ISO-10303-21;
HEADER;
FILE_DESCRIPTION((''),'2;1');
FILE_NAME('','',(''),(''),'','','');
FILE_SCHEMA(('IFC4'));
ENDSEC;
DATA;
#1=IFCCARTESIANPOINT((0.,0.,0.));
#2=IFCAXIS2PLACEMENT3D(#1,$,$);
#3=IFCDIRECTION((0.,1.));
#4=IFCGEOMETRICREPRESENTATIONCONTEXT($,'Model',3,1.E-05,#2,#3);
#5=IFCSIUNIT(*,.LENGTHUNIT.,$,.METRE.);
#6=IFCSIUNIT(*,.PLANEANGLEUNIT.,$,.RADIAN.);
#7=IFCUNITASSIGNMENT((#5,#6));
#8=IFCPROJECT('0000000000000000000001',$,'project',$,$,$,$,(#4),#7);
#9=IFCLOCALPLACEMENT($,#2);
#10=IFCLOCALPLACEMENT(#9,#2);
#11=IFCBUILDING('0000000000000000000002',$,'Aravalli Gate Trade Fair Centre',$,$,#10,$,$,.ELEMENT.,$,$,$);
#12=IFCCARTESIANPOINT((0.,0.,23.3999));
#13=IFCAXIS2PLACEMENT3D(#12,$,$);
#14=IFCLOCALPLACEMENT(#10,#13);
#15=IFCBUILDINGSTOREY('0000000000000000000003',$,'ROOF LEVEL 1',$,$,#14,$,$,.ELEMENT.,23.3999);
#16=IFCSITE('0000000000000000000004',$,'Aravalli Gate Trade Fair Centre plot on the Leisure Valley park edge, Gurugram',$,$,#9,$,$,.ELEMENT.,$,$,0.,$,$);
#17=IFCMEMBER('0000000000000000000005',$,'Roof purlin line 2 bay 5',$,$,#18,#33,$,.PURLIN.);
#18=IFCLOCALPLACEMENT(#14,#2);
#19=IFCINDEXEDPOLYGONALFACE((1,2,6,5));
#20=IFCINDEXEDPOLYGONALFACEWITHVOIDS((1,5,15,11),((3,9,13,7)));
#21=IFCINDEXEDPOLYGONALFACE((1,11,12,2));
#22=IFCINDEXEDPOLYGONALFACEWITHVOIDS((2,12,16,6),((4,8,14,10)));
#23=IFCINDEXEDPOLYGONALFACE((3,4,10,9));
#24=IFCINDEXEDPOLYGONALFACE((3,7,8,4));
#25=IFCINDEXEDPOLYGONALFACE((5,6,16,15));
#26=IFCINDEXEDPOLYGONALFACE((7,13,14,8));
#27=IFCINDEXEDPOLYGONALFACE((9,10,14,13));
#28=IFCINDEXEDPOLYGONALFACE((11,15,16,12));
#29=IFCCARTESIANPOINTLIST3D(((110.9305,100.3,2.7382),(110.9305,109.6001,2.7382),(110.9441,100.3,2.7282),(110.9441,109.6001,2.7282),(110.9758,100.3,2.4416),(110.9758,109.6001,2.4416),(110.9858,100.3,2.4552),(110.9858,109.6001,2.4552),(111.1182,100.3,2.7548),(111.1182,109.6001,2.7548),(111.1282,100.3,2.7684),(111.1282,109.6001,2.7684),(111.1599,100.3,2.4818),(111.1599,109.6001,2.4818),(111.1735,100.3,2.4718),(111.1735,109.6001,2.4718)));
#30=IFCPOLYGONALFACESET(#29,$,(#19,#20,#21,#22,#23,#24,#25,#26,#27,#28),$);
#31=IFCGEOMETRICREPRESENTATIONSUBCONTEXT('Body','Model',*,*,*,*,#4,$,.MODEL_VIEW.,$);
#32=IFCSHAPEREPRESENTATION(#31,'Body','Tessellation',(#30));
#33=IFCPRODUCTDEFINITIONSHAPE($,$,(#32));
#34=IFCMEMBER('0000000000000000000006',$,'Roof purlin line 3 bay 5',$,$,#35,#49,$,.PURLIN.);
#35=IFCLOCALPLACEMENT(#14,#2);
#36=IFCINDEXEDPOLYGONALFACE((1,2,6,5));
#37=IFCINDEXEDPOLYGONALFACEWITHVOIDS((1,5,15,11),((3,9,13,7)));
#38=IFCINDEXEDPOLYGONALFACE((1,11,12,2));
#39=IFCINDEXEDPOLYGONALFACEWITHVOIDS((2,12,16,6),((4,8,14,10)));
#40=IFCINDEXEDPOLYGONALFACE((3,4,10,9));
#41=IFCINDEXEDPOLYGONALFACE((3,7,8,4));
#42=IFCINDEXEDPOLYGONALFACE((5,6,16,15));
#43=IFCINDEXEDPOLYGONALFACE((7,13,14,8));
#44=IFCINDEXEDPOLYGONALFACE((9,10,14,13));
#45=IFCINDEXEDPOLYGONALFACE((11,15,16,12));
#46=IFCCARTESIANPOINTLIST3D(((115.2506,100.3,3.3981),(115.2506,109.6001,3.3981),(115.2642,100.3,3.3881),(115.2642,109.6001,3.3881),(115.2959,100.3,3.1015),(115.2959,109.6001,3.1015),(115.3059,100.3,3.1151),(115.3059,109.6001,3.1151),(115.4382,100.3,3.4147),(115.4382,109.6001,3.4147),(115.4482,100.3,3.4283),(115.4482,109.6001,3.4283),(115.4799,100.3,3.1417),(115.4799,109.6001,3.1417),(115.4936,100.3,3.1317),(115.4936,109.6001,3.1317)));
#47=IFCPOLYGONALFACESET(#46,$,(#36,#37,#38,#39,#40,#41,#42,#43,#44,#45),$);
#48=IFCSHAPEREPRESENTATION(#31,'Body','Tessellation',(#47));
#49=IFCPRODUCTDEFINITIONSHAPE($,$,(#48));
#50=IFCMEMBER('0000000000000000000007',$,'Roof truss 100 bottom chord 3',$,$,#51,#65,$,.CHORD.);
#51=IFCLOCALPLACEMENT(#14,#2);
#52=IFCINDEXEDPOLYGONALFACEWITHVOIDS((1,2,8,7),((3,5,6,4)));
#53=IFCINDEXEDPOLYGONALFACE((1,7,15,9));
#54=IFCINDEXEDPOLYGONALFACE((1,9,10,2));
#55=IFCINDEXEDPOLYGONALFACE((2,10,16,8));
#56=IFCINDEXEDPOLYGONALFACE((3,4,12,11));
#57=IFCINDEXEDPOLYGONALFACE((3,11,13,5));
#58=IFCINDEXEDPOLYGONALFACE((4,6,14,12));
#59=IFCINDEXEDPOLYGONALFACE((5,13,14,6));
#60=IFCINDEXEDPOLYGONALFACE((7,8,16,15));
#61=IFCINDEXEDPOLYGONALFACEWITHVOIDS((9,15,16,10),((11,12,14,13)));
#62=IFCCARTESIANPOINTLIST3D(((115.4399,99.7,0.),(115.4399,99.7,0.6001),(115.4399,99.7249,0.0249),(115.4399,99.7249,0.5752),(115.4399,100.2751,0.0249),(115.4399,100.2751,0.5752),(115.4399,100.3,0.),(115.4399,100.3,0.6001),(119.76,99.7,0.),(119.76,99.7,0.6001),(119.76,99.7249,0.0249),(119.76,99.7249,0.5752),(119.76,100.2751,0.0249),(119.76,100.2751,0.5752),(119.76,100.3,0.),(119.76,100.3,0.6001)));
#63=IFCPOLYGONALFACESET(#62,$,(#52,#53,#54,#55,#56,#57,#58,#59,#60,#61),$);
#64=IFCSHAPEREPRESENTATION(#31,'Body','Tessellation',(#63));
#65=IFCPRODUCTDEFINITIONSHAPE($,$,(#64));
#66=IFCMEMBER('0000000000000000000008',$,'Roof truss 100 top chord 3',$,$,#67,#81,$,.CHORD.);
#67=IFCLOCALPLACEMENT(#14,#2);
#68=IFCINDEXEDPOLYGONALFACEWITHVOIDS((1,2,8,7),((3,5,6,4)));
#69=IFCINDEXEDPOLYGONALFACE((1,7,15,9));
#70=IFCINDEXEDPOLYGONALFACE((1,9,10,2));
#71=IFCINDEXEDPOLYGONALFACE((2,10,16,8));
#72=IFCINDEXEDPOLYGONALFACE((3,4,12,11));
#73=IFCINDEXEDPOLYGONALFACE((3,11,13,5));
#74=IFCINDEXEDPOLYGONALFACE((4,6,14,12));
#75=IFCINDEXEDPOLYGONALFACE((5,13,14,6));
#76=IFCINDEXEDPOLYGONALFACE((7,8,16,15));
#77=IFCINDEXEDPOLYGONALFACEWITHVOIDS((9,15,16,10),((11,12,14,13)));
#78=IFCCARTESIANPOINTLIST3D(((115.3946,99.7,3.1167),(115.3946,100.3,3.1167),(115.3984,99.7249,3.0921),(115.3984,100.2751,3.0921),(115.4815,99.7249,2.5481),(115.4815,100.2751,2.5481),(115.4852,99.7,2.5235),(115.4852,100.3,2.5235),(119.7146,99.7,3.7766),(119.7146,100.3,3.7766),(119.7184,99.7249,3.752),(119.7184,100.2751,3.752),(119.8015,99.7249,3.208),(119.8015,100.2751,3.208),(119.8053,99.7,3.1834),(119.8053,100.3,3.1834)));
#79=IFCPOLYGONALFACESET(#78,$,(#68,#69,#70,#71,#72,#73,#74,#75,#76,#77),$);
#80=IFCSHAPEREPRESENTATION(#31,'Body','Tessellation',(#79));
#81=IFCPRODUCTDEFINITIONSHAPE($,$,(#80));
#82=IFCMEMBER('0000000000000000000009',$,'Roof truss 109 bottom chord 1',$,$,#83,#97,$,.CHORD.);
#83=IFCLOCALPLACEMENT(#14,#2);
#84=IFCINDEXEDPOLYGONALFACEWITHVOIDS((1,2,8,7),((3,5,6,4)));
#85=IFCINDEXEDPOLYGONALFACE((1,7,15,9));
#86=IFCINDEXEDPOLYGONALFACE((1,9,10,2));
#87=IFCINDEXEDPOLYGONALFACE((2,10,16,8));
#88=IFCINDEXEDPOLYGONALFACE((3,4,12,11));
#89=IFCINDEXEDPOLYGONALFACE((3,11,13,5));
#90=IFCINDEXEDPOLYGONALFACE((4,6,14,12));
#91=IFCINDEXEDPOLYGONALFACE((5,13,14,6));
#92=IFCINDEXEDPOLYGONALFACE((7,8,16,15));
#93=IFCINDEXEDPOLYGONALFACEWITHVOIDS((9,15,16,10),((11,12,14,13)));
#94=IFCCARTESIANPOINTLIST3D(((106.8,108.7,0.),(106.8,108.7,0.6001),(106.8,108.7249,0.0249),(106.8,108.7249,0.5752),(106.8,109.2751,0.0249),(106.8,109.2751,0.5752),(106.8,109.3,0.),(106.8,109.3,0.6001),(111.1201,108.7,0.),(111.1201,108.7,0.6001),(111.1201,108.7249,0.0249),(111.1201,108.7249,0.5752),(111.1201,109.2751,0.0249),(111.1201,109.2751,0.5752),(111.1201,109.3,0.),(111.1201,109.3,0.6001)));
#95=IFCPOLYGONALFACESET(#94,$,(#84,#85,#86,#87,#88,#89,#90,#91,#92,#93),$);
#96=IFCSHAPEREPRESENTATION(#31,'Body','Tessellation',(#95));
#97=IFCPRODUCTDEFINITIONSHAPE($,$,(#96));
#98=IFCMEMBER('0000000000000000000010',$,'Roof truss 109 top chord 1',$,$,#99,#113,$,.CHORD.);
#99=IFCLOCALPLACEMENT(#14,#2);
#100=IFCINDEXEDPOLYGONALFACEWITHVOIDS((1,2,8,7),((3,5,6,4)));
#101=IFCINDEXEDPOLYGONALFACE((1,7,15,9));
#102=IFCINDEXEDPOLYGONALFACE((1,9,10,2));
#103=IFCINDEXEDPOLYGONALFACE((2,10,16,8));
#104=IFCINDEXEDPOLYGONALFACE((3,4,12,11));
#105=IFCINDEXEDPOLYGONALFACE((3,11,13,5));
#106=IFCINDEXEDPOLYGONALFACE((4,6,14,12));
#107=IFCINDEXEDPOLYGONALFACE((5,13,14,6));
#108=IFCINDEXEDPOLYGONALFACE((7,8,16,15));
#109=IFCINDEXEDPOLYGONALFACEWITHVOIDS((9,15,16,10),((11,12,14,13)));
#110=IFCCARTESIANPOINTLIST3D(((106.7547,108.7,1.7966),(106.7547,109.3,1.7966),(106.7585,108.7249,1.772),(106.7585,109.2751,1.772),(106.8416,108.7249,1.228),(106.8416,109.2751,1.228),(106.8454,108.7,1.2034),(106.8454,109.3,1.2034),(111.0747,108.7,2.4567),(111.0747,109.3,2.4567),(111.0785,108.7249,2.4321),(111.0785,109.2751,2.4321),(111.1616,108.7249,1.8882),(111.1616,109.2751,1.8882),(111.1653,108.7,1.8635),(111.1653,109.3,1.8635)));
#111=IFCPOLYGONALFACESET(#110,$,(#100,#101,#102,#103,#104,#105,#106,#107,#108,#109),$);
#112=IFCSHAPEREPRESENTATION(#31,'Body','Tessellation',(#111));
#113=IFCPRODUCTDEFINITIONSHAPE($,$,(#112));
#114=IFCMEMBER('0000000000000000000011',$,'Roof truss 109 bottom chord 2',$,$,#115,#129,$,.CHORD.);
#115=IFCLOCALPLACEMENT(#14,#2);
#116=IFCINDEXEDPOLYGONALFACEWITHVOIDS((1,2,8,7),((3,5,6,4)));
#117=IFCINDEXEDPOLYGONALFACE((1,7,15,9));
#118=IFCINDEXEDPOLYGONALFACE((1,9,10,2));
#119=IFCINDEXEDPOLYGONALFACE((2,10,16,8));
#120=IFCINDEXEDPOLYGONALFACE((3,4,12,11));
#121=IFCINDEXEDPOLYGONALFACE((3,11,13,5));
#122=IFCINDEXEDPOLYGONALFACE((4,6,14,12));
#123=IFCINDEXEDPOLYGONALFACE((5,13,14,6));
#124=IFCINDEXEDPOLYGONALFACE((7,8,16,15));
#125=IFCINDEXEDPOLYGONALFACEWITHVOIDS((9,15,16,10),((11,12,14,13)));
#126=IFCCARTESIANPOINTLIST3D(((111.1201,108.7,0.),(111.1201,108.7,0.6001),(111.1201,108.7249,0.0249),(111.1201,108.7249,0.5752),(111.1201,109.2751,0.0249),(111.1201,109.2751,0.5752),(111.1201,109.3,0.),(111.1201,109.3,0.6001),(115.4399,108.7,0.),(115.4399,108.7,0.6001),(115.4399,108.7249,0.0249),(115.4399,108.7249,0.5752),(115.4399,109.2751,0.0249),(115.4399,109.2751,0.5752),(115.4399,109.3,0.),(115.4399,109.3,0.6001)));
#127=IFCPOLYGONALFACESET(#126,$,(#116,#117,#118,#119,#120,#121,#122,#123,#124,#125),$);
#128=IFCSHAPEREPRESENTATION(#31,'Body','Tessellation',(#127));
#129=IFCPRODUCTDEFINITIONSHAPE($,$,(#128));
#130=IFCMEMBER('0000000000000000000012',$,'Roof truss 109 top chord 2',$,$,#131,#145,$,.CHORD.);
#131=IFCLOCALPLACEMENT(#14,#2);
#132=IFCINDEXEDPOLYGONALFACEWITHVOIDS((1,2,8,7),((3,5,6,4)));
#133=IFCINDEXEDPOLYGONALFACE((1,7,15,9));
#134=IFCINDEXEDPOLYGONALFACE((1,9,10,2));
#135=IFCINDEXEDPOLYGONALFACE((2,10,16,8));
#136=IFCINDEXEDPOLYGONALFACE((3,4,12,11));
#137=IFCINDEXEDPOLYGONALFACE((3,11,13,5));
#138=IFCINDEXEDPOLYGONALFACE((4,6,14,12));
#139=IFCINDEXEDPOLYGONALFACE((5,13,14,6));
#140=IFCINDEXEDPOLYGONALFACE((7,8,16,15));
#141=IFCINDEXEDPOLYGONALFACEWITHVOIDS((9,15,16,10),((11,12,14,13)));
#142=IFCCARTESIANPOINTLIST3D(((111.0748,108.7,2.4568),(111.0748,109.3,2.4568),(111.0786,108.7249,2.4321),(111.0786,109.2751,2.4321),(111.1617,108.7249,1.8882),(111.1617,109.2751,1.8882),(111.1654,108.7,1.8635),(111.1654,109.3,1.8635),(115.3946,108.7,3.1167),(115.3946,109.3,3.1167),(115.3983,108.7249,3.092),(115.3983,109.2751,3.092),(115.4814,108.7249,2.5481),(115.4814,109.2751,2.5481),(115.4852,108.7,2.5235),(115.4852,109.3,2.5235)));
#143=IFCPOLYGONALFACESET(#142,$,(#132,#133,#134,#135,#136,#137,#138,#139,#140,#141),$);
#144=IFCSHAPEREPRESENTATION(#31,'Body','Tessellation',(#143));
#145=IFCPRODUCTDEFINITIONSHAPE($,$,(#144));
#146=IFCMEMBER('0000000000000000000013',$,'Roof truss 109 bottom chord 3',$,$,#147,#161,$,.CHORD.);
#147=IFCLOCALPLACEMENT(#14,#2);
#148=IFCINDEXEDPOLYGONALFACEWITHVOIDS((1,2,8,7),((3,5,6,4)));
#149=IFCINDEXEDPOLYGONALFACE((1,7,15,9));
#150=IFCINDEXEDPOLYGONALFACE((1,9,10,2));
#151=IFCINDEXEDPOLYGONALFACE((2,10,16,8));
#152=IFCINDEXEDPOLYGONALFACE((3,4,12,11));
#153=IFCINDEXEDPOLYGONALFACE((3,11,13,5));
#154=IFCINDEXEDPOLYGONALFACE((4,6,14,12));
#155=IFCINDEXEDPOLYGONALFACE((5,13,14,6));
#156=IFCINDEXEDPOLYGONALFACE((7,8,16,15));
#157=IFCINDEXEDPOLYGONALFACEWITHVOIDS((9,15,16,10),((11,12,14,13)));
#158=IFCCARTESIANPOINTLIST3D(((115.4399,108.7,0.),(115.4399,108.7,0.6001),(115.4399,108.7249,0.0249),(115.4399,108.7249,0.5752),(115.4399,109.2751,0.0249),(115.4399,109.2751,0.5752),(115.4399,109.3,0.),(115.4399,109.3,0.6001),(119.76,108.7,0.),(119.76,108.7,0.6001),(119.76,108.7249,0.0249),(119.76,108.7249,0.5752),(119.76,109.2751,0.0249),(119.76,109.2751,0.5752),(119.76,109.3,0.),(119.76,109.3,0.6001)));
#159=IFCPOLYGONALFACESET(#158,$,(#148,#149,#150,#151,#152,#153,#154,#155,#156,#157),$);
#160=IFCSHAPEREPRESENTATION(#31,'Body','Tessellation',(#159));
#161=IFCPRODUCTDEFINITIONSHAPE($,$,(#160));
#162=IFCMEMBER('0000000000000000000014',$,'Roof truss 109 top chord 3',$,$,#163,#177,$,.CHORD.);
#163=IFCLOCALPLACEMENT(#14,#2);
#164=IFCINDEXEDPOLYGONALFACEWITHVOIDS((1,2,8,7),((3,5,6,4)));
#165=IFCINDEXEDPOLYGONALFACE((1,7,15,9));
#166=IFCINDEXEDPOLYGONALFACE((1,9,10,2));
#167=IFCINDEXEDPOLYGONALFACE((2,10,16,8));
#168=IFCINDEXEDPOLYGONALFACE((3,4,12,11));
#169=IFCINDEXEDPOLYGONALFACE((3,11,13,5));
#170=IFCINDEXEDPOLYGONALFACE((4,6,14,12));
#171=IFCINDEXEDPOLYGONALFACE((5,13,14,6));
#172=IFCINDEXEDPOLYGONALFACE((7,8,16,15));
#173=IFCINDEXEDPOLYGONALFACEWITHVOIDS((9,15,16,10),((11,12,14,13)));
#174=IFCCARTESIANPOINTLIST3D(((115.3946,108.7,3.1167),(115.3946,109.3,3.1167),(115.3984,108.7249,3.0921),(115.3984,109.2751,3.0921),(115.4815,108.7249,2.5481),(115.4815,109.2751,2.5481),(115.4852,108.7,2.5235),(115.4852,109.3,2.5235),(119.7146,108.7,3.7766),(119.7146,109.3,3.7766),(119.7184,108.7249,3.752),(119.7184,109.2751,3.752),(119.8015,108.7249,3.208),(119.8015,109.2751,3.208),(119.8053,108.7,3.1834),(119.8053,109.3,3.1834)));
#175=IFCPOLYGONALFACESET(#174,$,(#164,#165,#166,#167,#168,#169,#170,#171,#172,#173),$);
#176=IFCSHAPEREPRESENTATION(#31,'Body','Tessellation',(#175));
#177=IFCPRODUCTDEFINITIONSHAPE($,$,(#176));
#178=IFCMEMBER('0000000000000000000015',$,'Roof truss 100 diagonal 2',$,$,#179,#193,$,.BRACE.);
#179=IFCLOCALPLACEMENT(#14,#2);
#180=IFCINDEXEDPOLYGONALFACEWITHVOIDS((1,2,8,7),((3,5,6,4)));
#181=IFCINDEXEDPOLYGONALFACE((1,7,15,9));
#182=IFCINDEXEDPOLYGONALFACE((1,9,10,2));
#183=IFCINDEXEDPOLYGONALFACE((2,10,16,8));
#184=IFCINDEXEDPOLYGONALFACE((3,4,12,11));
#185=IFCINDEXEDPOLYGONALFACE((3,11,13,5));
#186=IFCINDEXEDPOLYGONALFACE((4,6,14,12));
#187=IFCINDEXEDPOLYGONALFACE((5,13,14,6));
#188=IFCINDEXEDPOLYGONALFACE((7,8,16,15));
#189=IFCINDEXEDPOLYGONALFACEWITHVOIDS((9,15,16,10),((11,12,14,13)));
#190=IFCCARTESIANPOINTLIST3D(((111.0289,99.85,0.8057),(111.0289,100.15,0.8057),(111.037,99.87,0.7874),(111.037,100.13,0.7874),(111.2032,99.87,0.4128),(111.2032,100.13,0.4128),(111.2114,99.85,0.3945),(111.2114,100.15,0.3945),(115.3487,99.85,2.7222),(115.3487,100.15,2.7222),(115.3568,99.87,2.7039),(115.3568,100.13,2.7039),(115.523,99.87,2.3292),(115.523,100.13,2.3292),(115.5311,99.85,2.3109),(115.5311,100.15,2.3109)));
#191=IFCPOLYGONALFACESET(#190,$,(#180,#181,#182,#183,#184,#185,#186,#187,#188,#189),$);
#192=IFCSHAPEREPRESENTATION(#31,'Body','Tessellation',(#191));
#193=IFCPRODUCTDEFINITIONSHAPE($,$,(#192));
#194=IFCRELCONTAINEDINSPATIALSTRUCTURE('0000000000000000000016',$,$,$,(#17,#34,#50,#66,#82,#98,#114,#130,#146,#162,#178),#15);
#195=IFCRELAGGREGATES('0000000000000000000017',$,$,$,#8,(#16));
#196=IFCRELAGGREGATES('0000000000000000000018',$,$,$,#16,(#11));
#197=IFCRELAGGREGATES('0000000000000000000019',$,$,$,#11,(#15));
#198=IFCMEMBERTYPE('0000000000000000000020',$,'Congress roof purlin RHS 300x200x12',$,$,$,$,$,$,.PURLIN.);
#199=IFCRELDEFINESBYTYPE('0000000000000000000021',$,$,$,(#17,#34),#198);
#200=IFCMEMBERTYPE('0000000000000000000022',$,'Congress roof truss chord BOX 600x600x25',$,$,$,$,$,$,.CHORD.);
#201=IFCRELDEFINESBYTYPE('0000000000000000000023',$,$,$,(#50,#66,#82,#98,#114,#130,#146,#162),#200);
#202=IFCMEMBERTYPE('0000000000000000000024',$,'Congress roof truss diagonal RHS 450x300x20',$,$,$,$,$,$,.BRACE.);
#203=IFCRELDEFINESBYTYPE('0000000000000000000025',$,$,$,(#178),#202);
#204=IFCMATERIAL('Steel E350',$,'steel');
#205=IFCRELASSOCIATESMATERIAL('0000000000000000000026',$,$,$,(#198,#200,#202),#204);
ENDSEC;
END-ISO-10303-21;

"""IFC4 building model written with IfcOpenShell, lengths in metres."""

from ifc_helpers import new_model, si_unit, direction, frame, origin, origin_2d, place, context, subcontext, project, spatial, hollow_rectangle, extrude, material, material_profile, profile_set, type_object, element, save


model = new_model("IFC4")

# Units and contexts
model_context = context("Model", 3, precision=1e-05, world=origin(), true_north=direction((0.0, 1.0)))
body_context = subcontext(model_context, "Body", "Model", "MODEL_VIEW")
ifc_project = project(units=[si_unit("LENGTHUNIT", "METRE"), si_unit("PLANEANGLEUNIT", "RADIAN")], contexts=[model_context])

# Site, building, storey
site_placement = place(None, origin())
site = spatial("IfcSite", under=ifc_project, at=site_placement, Name="Aravalli Gate Trade Fair Centre plot on the Leisure Valley park edge, Gurugram", CompositionType="ELEMENT", RefElevation=0.0)
building_placement = place(site_placement, origin())
building = spatial("IfcBuilding", under=site, at=building_placement, Name="Aravalli Gate Trade Fair Centre", CompositionType="ELEMENT")
storey_placement = place(building_placement, frame((0.0, 0.0, 23.3999)))
storey = spatial("IfcBuildingStorey", under=building, at=storey_placement, Name="ROOF LEVEL 1", CompositionType="ELEMENT", Elevation=23.3999)

# Members
ifc_material = material(Name="Steel E350", Category="steel")
ifc_material_profile_1 = material_profile(ifc_material, hollow_rectangle(XDim=0.2, YDim=0.3, WallThickness=0.012, at=origin_2d()), Name="RHS 300x200x12")
ifc_profile_set_1 = profile_set([ifc_material_profile_1], Name="Steel E350")
member_type_1 = type_object("IfcMemberType", Name="Congress roof purlin RHS 300x200x12", PredefinedType="PURLIN", material=ifc_profile_set_1)
for number, where, z_axis, x_axis, name in (
    (1, (111.052, 100.3, 2.605), (0.0, 1.0, 0.0), (-0.98853, 0.0, -0.151026), "Roof purlin line 2 bay 5"),
    (2, (115.3721, 100.3, 3.2649), (0.0, 1.0, 0.0), (-0.98853, 0.0, -0.151026), "Roof purlin line 3 bay 5"),
):
    element("IfcMember", number, at=place(storey_placement, frame(where, z_axis=z_axis, x_axis=x_axis)), inside=storey, type_object=member_type_1, Name=name, PredefinedType="PURLIN", context=body_context, shape_type="SweptSolid", body=[
        extrude(hollow_rectangle(XDim=0.2, YDim=0.3, WallThickness=0.012, at=origin_2d()), origin(), (0.0, 0.0, 1.0), 9.3),
    ])
ifc_material_profile_2 = material_profile(ifc_material, hollow_rectangle(XDim=0.6001, YDim=0.6001, WallThickness=0.0249, at=origin_2d()), Name="BOX 600x600x25")
ifc_profile_set_2 = profile_set([ifc_material_profile_2], Name="Steel E350")
member_type_2 = type_object("IfcMemberType", Name="Congress roof truss chord BOX 600x600x25", PredefinedType="CHORD", material=ifc_profile_set_2)
member_1_placement = place(storey_placement, frame((115.4399, 100.0, 0.3), z_axis=(1.0, 0.0, 0.0), x_axis=(0.0, 1.0, 0.0)))
element("IfcMember", 3, at=member_1_placement, inside=storey, type_object=member_type_2, Name="Roof truss 100 bottom chord 3", PredefinedType="CHORD", context=body_context, shape_type="SweptSolid", body=[
    extrude(hollow_rectangle(XDim=0.6001, YDim=0.6001, WallThickness=0.0249, at=origin_2d()), origin(), (0.0, 0.0, 1.0), 4.3201),
])
member_2_placement = place(storey_placement, frame((115.4399, 100.0, 2.8201), z_axis=(0.988533, 0.0, 0.151003), x_axis=(0.0, 1.0, 0.0)))
element("IfcMember", 4, at=member_2_placement, inside=storey, type_object=member_type_2, Name="Roof truss 100 top chord 3", PredefinedType="CHORD", context=body_context, shape_type="SweptSolid", body=[
    extrude(hollow_rectangle(XDim=0.6001, YDim=0.6001, WallThickness=0.0249, at=origin_2d()), origin(), (0.0, 0.0, 1.0), 4.3701),
])
member_3_placement = place(storey_placement, frame((106.8, 109.0, 0.3), z_axis=(1.0, 0.0, 0.0), x_axis=(0.0, 1.0, 0.0)))
element("IfcMember", 5, at=member_3_placement, inside=storey, type_object=member_type_2, Name="Roof truss 109 bottom chord 1", PredefinedType="CHORD", context=body_context, shape_type="SweptSolid", body=[
    extrude(hollow_rectangle(XDim=0.6001, YDim=0.6001, WallThickness=0.0249, at=origin_2d()), origin(), (0.0, 0.0, 1.0), 4.3201),
])
member_4_placement = place(storey_placement, frame((106.8, 109.0, 1.5), z_axis=(0.988525, 0.0, 0.151058), x_axis=(0.0, 1.0, 0.0)))
element("IfcMember", 6, at=member_4_placement, inside=storey, type_object=member_type_2, Name="Roof truss 109 top chord 1", PredefinedType="CHORD", context=body_context, shape_type="SweptSolid", body=[
    extrude(hollow_rectangle(XDim=0.6001, YDim=0.6001, WallThickness=0.0249, at=origin_2d()), origin(), (0.0, 0.0, 1.0), 4.3701),
])
member_5_placement = place(storey_placement, frame((111.1201, 109.0, 0.3), z_axis=(1.0, 0.0, 0.0), x_axis=(0.0, 1.0, 0.0)))
element("IfcMember", 7, at=member_5_placement, inside=storey, type_object=member_type_2, Name="Roof truss 109 bottom chord 2", PredefinedType="CHORD", context=body_context, shape_type="SweptSolid", body=[
    extrude(hollow_rectangle(XDim=0.6001, YDim=0.6001, WallThickness=0.0249, at=origin_2d()), origin(), (0.0, 0.0, 1.0), 4.3198),
])
member_6_placement = place(storey_placement, frame((111.1201, 109.0, 2.1602), z_axis=(0.988532, 0.0, 0.151012), x_axis=(0.0, 1.0, 0.0)))
element("IfcMember", 8, at=member_6_placement, inside=storey, type_object=member_type_2, Name="Roof truss 109 top chord 2", PredefinedType="CHORD", context=body_context, shape_type="SweptSolid", body=[
    extrude(hollow_rectangle(XDim=0.6001, YDim=0.6001, WallThickness=0.0249, at=origin_2d()), origin(), (0.0, 0.0, 1.0), 4.3699),
])
member_7_placement = place(storey_placement, frame((115.4399, 109.0, 0.3), z_axis=(1.0, 0.0, 0.0), x_axis=(0.0, 1.0, 0.0)))
element("IfcMember", 9, at=member_7_placement, inside=storey, type_object=member_type_2, Name="Roof truss 109 bottom chord 3", PredefinedType="CHORD", context=body_context, shape_type="SweptSolid", body=[
    extrude(hollow_rectangle(XDim=0.6001, YDim=0.6001, WallThickness=0.0249, at=origin_2d()), origin(), (0.0, 0.0, 1.0), 4.3201),
])
member_8_placement = place(storey_placement, frame((115.4399, 109.0, 2.8201), z_axis=(0.988533, 0.0, 0.151003), x_axis=(0.0, 1.0, 0.0)))
element("IfcMember", 10, at=member_8_placement, inside=storey, type_object=member_type_2, Name="Roof truss 109 top chord 3", PredefinedType="CHORD", context=body_context, shape_type="SweptSolid", body=[
    extrude(hollow_rectangle(XDim=0.6001, YDim=0.6001, WallThickness=0.0249, at=origin_2d()), origin(), (0.0, 0.0, 1.0), 4.3701),
])
ifc_material_profile_3 = material_profile(ifc_material, hollow_rectangle(XDim=0.3, YDim=0.45, WallThickness=0.02, at=origin_2d()), Name="RHS 450x300x20")
ifc_profile_set_3 = profile_set([ifc_material_profile_3], Name="Steel E350")
member_type_3 = type_object("IfcMemberType", Name="Congress roof truss diagonal RHS 450x300x20", PredefinedType="BRACE", material=ifc_profile_set_3)
member_9_placement = place(storey_placement, frame((111.1201, 100.0, 0.6001), z_axis=(0.91408, 0.0, 0.405534), x_axis=(0.0, 1.0, 0.0)))
element("IfcMember", 11, at=member_9_placement, inside=storey, type_object=member_type_3, Name="Roof truss 100 diagonal 2", PredefinedType="BRACE", context=body_context, shape_type="SweptSolid", body=[
    extrude(hollow_rectangle(XDim=0.3, YDim=0.45, WallThickness=0.02, at=origin_2d()), origin(), (0.0, 0.0, 1.0), 4.7258),
])

save(model, "model.ifc")
